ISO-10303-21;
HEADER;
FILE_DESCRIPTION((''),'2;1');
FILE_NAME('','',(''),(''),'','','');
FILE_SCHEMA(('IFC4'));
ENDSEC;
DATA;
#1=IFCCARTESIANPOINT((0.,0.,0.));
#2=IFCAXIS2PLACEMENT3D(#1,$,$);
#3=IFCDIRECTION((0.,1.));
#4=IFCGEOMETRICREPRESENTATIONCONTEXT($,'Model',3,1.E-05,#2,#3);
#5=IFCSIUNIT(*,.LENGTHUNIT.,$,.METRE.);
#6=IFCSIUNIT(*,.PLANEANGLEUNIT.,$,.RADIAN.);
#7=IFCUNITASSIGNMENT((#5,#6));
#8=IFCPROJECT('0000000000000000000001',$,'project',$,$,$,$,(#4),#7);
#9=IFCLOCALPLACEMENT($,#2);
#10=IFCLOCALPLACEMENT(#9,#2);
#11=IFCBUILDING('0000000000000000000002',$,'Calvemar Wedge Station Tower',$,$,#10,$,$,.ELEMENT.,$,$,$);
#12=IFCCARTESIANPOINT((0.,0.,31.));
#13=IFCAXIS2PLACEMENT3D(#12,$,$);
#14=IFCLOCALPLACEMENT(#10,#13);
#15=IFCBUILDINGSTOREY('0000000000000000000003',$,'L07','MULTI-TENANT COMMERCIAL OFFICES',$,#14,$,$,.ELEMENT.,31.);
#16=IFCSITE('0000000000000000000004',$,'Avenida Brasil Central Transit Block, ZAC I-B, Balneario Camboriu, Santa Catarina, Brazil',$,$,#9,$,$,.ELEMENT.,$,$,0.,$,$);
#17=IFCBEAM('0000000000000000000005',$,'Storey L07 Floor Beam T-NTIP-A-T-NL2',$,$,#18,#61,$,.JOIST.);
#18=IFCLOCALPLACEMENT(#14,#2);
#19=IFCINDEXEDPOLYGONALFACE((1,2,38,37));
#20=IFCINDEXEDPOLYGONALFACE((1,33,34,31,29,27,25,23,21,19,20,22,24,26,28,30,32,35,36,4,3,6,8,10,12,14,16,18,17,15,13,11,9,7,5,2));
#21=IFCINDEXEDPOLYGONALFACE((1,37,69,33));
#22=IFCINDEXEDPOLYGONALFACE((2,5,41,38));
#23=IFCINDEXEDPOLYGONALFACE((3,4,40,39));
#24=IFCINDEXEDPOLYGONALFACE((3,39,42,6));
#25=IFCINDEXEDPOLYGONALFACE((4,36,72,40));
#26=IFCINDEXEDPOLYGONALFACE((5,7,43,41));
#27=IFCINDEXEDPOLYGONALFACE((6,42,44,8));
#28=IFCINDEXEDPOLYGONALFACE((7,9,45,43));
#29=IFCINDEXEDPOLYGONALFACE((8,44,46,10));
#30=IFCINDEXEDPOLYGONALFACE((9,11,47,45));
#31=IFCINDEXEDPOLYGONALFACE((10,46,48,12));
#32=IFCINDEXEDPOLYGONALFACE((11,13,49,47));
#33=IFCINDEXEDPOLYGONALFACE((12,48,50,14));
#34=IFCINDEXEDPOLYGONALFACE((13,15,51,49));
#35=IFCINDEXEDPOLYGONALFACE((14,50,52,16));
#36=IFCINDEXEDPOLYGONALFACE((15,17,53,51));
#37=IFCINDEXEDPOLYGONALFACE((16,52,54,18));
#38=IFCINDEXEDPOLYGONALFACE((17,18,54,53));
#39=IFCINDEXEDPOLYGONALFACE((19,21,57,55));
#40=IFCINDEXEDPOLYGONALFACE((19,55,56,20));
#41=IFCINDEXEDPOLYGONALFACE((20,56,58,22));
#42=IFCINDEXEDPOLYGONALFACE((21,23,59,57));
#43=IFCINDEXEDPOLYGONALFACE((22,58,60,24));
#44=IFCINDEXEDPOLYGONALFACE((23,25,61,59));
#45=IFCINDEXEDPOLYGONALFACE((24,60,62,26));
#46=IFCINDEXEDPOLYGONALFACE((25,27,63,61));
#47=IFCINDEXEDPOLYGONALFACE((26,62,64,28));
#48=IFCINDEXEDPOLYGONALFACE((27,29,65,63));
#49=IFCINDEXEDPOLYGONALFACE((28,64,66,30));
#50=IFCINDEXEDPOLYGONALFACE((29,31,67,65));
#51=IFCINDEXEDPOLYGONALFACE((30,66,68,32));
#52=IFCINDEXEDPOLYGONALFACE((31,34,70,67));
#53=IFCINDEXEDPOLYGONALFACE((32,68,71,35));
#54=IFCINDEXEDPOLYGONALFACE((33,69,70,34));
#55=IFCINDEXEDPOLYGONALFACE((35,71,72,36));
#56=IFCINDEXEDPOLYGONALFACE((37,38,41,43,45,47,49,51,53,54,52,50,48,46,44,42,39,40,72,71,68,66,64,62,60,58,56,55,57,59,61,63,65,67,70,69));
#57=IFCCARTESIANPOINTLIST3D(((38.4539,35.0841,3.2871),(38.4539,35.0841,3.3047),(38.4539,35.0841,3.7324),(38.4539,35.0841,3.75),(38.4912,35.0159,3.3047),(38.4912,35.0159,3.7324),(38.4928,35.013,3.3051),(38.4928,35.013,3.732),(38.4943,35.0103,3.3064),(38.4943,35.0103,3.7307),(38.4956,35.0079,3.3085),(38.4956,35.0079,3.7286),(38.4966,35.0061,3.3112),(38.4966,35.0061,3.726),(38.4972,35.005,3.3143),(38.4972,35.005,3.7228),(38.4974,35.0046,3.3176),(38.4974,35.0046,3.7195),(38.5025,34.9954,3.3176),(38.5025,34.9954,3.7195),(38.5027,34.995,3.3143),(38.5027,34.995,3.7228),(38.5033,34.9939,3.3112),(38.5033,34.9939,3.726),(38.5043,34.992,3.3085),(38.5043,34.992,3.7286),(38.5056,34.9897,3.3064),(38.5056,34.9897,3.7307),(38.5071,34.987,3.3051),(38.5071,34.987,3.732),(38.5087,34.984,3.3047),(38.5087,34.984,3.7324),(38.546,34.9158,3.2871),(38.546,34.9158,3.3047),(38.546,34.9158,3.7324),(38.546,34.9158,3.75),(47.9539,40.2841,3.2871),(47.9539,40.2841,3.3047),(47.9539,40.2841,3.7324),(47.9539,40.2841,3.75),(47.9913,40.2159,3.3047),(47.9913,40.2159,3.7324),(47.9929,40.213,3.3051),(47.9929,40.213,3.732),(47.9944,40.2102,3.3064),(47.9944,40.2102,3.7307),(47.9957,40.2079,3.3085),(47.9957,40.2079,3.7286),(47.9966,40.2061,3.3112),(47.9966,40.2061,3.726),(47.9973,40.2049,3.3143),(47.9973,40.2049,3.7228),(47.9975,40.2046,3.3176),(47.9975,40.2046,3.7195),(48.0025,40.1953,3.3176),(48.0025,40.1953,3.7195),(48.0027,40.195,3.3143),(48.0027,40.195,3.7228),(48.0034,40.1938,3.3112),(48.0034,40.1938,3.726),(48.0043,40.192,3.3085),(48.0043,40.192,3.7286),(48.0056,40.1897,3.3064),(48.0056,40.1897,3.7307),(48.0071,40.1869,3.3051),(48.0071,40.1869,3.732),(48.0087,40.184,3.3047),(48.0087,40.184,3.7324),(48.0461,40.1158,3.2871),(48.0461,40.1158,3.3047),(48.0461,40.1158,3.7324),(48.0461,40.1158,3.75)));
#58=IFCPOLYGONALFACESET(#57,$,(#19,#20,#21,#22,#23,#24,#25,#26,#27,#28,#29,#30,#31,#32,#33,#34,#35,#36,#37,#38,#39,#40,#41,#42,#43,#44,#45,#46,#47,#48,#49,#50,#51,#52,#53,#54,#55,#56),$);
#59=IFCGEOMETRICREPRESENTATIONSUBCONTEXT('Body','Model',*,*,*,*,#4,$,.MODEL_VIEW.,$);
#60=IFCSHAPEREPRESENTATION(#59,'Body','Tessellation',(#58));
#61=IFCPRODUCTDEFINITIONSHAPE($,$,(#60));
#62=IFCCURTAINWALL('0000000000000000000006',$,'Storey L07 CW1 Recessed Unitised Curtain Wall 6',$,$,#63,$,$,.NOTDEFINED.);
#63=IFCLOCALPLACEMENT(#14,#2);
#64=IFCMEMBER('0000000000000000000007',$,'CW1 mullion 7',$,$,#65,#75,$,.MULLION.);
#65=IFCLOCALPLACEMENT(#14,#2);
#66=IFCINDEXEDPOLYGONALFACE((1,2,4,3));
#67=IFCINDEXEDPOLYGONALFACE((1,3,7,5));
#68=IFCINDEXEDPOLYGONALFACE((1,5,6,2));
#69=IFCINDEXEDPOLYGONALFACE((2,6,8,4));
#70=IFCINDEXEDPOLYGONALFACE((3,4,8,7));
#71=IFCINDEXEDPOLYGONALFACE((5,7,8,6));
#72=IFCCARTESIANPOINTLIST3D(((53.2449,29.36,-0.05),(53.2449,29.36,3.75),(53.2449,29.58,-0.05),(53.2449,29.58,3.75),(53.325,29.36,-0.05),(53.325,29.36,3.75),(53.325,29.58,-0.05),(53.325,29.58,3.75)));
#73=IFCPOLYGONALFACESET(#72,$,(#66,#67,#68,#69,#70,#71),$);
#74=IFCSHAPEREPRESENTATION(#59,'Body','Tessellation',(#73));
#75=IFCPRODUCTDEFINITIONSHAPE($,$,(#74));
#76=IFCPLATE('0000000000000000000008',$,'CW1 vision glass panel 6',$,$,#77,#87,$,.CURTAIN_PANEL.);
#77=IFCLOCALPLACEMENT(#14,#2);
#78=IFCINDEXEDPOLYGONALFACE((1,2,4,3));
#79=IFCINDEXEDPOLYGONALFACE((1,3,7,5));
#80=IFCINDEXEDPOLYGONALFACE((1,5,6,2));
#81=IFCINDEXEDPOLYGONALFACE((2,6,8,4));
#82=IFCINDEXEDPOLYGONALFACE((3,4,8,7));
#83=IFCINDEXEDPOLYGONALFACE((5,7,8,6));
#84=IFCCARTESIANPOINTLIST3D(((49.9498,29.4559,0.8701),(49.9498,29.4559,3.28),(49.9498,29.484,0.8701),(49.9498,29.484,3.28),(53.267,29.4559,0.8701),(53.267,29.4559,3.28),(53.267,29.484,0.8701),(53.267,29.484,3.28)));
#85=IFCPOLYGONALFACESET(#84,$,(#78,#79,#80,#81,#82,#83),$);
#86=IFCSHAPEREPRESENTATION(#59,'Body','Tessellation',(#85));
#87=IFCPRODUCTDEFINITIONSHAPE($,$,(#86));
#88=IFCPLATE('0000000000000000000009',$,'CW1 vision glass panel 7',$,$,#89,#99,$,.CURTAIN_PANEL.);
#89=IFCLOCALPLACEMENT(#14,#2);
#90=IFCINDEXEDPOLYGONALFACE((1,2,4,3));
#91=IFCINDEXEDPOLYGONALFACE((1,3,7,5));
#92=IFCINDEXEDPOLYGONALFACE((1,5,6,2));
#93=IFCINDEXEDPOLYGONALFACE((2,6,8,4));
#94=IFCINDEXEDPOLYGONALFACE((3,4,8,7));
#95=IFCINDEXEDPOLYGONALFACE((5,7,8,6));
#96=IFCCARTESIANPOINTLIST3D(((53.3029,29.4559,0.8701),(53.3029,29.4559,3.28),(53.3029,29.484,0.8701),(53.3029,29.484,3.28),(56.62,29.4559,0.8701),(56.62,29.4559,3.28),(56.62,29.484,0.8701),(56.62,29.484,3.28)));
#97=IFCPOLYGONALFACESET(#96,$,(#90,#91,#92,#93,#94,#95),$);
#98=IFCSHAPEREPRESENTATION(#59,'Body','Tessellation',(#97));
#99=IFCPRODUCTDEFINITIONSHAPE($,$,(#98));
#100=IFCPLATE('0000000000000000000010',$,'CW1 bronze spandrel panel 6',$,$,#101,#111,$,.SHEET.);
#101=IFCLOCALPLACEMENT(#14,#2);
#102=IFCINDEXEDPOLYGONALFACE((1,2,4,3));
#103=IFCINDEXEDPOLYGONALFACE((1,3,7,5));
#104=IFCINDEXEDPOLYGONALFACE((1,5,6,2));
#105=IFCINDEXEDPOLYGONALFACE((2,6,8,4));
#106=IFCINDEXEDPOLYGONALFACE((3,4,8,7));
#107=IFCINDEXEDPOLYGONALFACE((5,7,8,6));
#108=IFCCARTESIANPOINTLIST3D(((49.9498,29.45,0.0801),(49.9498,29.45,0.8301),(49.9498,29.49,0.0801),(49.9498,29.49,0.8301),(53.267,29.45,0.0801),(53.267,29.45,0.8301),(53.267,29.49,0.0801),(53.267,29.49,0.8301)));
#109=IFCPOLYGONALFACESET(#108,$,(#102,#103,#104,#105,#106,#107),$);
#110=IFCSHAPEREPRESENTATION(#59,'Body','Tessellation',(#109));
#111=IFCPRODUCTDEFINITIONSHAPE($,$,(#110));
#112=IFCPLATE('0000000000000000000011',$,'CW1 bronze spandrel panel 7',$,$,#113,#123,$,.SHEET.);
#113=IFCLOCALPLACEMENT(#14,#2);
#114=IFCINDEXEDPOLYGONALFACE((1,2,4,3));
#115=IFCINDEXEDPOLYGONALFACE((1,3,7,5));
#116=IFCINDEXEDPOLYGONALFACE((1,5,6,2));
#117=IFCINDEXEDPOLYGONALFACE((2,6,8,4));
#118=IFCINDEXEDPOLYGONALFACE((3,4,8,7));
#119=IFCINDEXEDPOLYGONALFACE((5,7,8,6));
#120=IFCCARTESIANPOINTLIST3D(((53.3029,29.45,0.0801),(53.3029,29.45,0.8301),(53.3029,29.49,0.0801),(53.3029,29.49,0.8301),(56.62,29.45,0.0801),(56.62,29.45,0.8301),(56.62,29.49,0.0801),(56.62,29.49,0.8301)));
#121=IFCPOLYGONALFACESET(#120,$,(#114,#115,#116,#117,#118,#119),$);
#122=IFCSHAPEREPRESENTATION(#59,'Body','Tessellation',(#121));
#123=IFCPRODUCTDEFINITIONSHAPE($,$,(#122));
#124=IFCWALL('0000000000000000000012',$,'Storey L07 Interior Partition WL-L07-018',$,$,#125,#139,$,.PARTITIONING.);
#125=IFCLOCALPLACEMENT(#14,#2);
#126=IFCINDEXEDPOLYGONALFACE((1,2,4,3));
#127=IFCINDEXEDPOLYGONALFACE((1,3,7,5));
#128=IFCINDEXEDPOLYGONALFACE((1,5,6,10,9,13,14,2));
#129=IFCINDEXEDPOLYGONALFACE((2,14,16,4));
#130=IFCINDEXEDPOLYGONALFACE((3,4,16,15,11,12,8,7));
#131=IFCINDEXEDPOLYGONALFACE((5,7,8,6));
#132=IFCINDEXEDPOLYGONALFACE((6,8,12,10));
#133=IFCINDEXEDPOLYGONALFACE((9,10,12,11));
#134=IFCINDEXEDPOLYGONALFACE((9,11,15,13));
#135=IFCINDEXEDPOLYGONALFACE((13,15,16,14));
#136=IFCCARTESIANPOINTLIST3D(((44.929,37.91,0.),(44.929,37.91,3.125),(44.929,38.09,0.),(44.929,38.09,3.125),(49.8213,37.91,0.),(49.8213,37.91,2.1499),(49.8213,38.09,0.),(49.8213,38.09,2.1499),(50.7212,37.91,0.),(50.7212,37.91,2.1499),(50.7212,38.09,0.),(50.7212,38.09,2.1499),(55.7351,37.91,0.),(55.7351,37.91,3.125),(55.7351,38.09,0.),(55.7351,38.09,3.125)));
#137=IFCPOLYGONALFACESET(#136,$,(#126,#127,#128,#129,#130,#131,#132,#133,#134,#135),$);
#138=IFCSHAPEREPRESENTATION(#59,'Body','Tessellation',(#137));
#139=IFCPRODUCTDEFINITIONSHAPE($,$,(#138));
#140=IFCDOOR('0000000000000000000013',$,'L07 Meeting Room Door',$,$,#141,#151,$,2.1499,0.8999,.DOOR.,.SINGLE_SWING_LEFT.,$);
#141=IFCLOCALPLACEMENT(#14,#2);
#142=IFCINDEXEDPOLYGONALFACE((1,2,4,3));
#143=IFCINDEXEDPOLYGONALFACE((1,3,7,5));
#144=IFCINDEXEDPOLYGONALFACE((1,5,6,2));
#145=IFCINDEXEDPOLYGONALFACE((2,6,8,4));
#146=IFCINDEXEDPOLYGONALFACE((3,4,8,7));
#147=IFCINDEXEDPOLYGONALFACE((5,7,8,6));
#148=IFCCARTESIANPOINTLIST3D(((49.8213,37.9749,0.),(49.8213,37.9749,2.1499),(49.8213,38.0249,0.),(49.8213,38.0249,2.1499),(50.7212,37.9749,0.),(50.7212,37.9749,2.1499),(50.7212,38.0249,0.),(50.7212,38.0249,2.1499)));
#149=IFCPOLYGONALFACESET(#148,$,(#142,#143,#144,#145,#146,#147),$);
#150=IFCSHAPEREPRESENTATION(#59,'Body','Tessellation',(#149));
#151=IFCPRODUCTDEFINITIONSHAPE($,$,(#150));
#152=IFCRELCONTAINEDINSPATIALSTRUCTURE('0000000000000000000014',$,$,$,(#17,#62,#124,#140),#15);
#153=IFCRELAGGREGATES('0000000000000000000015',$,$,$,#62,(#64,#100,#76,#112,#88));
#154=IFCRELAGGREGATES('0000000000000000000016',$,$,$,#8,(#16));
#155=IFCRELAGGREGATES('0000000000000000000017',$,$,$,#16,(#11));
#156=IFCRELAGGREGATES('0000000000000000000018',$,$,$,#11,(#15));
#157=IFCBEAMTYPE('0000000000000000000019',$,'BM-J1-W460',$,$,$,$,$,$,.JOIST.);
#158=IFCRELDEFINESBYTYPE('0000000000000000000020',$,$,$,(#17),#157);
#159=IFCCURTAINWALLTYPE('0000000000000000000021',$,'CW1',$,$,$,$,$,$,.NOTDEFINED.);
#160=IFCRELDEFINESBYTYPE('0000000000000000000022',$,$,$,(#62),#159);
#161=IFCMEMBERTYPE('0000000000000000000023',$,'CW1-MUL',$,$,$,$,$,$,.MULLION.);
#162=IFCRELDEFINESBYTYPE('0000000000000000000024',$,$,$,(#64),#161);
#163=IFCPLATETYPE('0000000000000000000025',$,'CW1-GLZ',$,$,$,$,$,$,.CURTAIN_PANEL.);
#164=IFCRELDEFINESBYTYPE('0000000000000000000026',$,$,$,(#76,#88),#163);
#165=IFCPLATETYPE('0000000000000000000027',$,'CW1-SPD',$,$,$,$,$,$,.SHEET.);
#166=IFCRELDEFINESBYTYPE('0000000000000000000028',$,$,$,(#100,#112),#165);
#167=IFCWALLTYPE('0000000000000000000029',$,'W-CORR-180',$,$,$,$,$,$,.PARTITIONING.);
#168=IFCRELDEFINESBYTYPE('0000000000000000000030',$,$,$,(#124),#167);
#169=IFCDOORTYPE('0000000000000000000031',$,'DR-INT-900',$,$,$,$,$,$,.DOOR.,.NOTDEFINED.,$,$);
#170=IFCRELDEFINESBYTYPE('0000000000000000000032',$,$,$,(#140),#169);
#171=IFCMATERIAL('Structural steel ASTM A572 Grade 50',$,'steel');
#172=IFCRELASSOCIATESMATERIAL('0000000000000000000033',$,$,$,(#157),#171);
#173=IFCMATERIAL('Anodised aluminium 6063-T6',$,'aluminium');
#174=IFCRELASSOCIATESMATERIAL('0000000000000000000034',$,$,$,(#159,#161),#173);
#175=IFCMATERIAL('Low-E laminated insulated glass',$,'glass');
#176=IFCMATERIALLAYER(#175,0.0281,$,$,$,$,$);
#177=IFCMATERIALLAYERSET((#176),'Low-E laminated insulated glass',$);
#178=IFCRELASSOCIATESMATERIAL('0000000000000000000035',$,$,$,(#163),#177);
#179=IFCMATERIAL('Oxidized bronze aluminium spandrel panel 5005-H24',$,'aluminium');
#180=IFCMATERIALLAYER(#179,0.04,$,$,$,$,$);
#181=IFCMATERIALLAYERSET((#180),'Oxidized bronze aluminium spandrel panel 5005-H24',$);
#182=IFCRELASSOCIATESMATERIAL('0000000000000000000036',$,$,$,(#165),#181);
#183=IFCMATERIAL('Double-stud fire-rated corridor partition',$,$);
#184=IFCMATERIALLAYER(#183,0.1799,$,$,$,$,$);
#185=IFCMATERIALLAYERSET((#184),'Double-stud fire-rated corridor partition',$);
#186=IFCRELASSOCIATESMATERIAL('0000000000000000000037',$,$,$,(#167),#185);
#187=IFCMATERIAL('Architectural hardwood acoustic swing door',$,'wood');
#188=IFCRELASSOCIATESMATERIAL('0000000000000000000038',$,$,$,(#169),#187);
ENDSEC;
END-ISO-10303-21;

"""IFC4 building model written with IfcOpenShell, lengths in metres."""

from ifc_helpers import new_model, si_unit, direction, frame, frame_2d, origin, origin_2d, place, context, subcontext, project, spatial, rectangle, i_section, extrude, source, transform, mapped, material, layer, layer_set, material_profile, profile_set, type_object, element, fill, aggregate, save


model = new_model("IFC4")

# Units and contexts
model_context = context("Model", 3, precision=1e-05, world=origin(), true_north=direction((0.0, 1.0)))
body_context = subcontext(model_context, "Body", "Model", "MODEL_VIEW")
ifc_project = project(units=[si_unit("LENGTHUNIT", "METRE"), si_unit("PLANEANGLEUNIT", "RADIAN")], contexts=[model_context])

# Site, building, storey
site_placement = place(None, origin())
site = spatial("IfcSite", under=ifc_project, at=site_placement, Name="Avenida Brasil Central Transit Block, ZAC I-B, Balneario Camboriu, Santa Catarina, Brazil", CompositionType="ELEMENT", RefElevation=0.0)
building_placement = place(site_placement, origin())
building = spatial("IfcBuilding", under=site, at=building_placement, Name="Calvemar Wedge Station Tower", CompositionType="ELEMENT")
storey_placement = place(building_placement, frame((0.0, 0.0, 31.0)))
storey = spatial("IfcBuildingStorey", under=building, at=storey_placement, Name="L07", Description="MULTI-TENANT COMMERCIAL OFFICES", CompositionType="ELEMENT", Elevation=31.0)

# Shared definitions
ifc_material_1 = material(Name="Structural steel ASTM A572 Grade 50", Category="steel")

# Beam
ifc_material_profile_1 = material_profile(ifc_material_1, i_section(OverallWidth=0.1919, OverallDepth=0.4629, WebThickness=0.0105, FlangeThickness=0.0176, FilletRadius=0.0129, at=origin_2d()), Name="W460x89")
ifc_profile_set_1 = profile_set([ifc_material_profile_1], Name="Structural steel ASTM A572 Grade 50")
beam_type_1 = type_object("IfcBeamType", Name="BM-J1-W460", PredefinedType="JOIST", material=ifc_profile_set_1)
shared_shape_1 = source(origin(), body_context, "Body", "SweptSolid", [
    extrude(i_section(OverallWidth=0.1919, OverallDepth=0.4629, WebThickness=0.0105, FlangeThickness=0.0176, FilletRadius=0.0129, at=origin_2d()), origin(), (0.0, 0.0, 1.0), 10.8301),
])
beam_1_placement = place(storey_placement, frame((48.0, 40.2, 3.5186), z_axis=(-0.877191, -0.480142, 0.0), x_axis=(0.480142, -0.877191, 0.0)))
element("IfcBeam", 1, at=beam_1_placement, inside=storey, type_object=beam_type_1, Name="Storey L07 Floor Beam T-NTIP-A-T-NL2", PredefinedType="JOIST", context=body_context, shape_type="MappedRepresentation", body=[
    mapped(shared_shape_1, transform((0.0, 0.0, 0.0), scale=1.0)),
])

# Curtain wall, member, plates
ifc_material_2 = material(Name="Anodised aluminium 6063-T6", Category="aluminium")
curtain_wall_type = type_object("IfcCurtainWallType", Name="CW1", PredefinedType="NOTDEFINED", material=ifc_material_2)
curtain_wall_placement = place(storey_placement, origin())
curtain_wall = element("IfcCurtainWall", 2, at=curtain_wall_placement, inside=storey, type_object=curtain_wall_type, Name="Storey L07 CW1 Recessed Unitised Curtain Wall 6", PredefinedType="NOTDEFINED")
ifc_material_profile_2 = material_profile(ifc_material_2, rectangle(XDim=0.0801, YDim=0.22, at=origin_2d()), Name="AL-MUL-80x220")
ifc_profile_set_2 = profile_set([ifc_material_profile_2], Name="Anodised aluminium 6063-T6")
member_type = type_object("IfcMemberType", Name="CW1-MUL", PredefinedType="MULLION", material=ifc_profile_set_2)
shared_shape_2 = source(origin(), body_context, "Body", "SweptSolid", [
    extrude(rectangle(XDim=0.0801, YDim=0.22, at=origin_2d()), origin(), (0.0, 0.0, 1.0), 3.8),
])
member_placement = place(storey_placement, frame((53.2849, 29.47, -0.05), z_axis=(0.0, 0.0, 1.0), x_axis=(1.0, 0.0, 0.0)))
member = element("IfcMember", 3, at=member_placement, type_object=member_type, Name="CW1 mullion 7", PredefinedType="MULLION", context=body_context, shape_type="MappedRepresentation", body=[
    mapped(shared_shape_2, transform((0.0, 0.0, 0.0), scale=1.0)),
])
ifc_material_3 = material(Name="Low-E laminated insulated glass", Category="glass")
ifc_layer_1 = layer(ifc_material_3, 0.0281)
ifc_layer_set_1 = layer_set([ifc_layer_1], Name="Low-E laminated insulated glass")
plate_type_1 = type_object("IfcPlateType", Name="CW1-GLZ", PredefinedType="CURTAIN_PANEL", material=ifc_layer_set_1)
plate_1_placement = place(storey_placement, frame((49.9497, 29.47, 0.8701), z_axis=(0.0, 0.0, 1.0), x_axis=(1.0, 0.0, 0.0)))
plate_1 = element("IfcPlate", 4, at=plate_1_placement, type_object=plate_type_1, Name="CW1 vision glass panel 6", PredefinedType="CURTAIN_PANEL", context=body_context, shape_type="SweptSolid", body=[
    extrude(rectangle(XDim=3.3171, YDim=0.0281, at=frame_2d((1.6587, 0.0))), origin(), (0.0, 0.0, 1.0), 2.4099),
])
plate_2_placement = place(storey_placement, frame((53.3027, 29.47, 0.8701), z_axis=(0.0, 0.0, 1.0), x_axis=(1.0, 0.0, 0.0)))
plate_2 = element("IfcPlate", 5, at=plate_2_placement, type_object=plate_type_1, Name="CW1 vision glass panel 7", PredefinedType="CURTAIN_PANEL", context=body_context, shape_type="SweptSolid", body=[
    extrude(rectangle(XDim=3.3171, YDim=0.0281, at=frame_2d((1.6587, 0.0))), origin(), (0.0, 0.0, 1.0), 2.4099),
])
ifc_material_4 = material(Name="Oxidized bronze aluminium spandrel panel 5005-H24", Category="aluminium")
ifc_layer_2 = layer(ifc_material_4, 0.04)
ifc_layer_set_2 = layer_set([ifc_layer_2], Name="Oxidized bronze aluminium spandrel panel 5005-H24")
plate_type_2 = type_object("IfcPlateType", Name="CW1-SPD", PredefinedType="SHEET", material=ifc_layer_set_2)
plate_3_placement = place(storey_placement, frame((49.9497, 29.47, 0.0801), z_axis=(0.0, 0.0, 1.0), x_axis=(1.0, 0.0, 0.0)))
plate_3 = element("IfcPlate", 6, at=plate_3_placement, type_object=plate_type_2, Name="CW1 bronze spandrel panel 6", PredefinedType="SHEET", context=body_context, shape_type="SweptSolid", body=[
    extrude(rectangle(XDim=3.3171, YDim=0.04, at=frame_2d((1.6587, 0.0))), origin(), (0.0, 0.0, 1.0), 0.75),
])
plate_4_placement = place(storey_placement, frame((53.3027, 29.47, 0.0801), z_axis=(0.0, 0.0, 1.0), x_axis=(1.0, 0.0, 0.0)))
plate_4 = element("IfcPlate", 7, at=plate_4_placement, type_object=plate_type_2, Name="CW1 bronze spandrel panel 7", PredefinedType="SHEET", context=body_context, shape_type="SweptSolid", body=[
    extrude(rectangle(XDim=3.3171, YDim=0.04, at=frame_2d((1.6587, 0.0))), origin(), (0.0, 0.0, 1.0), 0.75),
])
aggregate(curtain_wall, [member, plate_3, plate_1, plate_4, plate_2])

# Wall, opening, door
ifc_material_5 = material(Name="Double-stud fire-rated corridor partition")
ifc_layer_3 = layer(ifc_material_5, 0.1799)
ifc_layer_set_3 = layer_set([ifc_layer_3], Name="Double-stud fire-rated corridor partition")
wall_type = type_object("IfcWallType", Name="W-CORR-180", PredefinedType="PARTITIONING", material=ifc_layer_set_3)
wall_placement = place(storey_placement, frame((44.929, 38.0, 0.0), z_axis=(0.0, 0.0, 1.0), x_axis=(1.0, 0.0, 0.0)))
wall = element("IfcWall", 8, at=wall_placement, inside=storey, type_object=wall_type, Name="Storey L07 Interior Partition WL-L07-018", PredefinedType="PARTITIONING", context=body_context, shape_type="SweptSolid", body=[
    extrude(rectangle(XDim=10.8062, YDim=0.1799, at=frame_2d((5.4031, 0.0))), origin(), (0.0, 0.0, 1.0), 3.125),
])
shared_shape_3 = source(origin(), body_context, "Body", "SweptSolid", [
    extrude(rectangle(XDim=0.8999, YDim=2.1499, at=frame_2d((0.45, 1.075))), frame((0.0, 0.1001, 0.0), z_axis=(0.0, -1.0, 0.0), x_axis=(1.0, 0.0, 0.0)), (0.0, 0.0, 1.0), 0.2),
])
opening_placement = place(wall_placement, frame((4.8923, 0.0, 0.0)))
opening = element("IfcOpeningElement", 9, at=opening_placement, cuts=wall, PredefinedType="OPENING", context=body_context, shape_type="MappedRepresentation", body=[
    mapped(shared_shape_3, transform((0.0, 0.0, 0.0), scale=1.0)),
])
ifc_material_6 = material(Name="Architectural hardwood acoustic swing door", Category="wood")
door_type = type_object("IfcDoorType", Name="DR-INT-900", OperationType="NOTDEFINED", PredefinedType="DOOR", material=ifc_material_6)
shared_shape_4 = source(origin(), body_context, "Body", "SweptSolid", [
    extrude(rectangle(XDim=0.8999, YDim=2.1499, at=frame_2d((0.45, 1.075))), frame((0.0, 0.0249, 0.0), z_axis=(0.0, -1.0, 0.0), x_axis=(1.0, 0.0, 0.0)), (0.0, 0.0, 1.0), 0.05),
])
door_placement = place(opening_placement, origin())
door = element("IfcDoor", 10, at=door_placement, inside=storey, type_object=door_type, Name="L07 Meeting Room Door", OperationType="SINGLE_SWING_LEFT", OverallHeight=2.1499, OverallWidth=0.8999, PredefinedType="DOOR", context=body_context, shape_type="MappedRepresentation", body=[
    mapped(shared_shape_4, transform((0.0, 0.0, 0.0), scale=1.0)),
])
fill(opening, door)

save(model, "model.ifc")
